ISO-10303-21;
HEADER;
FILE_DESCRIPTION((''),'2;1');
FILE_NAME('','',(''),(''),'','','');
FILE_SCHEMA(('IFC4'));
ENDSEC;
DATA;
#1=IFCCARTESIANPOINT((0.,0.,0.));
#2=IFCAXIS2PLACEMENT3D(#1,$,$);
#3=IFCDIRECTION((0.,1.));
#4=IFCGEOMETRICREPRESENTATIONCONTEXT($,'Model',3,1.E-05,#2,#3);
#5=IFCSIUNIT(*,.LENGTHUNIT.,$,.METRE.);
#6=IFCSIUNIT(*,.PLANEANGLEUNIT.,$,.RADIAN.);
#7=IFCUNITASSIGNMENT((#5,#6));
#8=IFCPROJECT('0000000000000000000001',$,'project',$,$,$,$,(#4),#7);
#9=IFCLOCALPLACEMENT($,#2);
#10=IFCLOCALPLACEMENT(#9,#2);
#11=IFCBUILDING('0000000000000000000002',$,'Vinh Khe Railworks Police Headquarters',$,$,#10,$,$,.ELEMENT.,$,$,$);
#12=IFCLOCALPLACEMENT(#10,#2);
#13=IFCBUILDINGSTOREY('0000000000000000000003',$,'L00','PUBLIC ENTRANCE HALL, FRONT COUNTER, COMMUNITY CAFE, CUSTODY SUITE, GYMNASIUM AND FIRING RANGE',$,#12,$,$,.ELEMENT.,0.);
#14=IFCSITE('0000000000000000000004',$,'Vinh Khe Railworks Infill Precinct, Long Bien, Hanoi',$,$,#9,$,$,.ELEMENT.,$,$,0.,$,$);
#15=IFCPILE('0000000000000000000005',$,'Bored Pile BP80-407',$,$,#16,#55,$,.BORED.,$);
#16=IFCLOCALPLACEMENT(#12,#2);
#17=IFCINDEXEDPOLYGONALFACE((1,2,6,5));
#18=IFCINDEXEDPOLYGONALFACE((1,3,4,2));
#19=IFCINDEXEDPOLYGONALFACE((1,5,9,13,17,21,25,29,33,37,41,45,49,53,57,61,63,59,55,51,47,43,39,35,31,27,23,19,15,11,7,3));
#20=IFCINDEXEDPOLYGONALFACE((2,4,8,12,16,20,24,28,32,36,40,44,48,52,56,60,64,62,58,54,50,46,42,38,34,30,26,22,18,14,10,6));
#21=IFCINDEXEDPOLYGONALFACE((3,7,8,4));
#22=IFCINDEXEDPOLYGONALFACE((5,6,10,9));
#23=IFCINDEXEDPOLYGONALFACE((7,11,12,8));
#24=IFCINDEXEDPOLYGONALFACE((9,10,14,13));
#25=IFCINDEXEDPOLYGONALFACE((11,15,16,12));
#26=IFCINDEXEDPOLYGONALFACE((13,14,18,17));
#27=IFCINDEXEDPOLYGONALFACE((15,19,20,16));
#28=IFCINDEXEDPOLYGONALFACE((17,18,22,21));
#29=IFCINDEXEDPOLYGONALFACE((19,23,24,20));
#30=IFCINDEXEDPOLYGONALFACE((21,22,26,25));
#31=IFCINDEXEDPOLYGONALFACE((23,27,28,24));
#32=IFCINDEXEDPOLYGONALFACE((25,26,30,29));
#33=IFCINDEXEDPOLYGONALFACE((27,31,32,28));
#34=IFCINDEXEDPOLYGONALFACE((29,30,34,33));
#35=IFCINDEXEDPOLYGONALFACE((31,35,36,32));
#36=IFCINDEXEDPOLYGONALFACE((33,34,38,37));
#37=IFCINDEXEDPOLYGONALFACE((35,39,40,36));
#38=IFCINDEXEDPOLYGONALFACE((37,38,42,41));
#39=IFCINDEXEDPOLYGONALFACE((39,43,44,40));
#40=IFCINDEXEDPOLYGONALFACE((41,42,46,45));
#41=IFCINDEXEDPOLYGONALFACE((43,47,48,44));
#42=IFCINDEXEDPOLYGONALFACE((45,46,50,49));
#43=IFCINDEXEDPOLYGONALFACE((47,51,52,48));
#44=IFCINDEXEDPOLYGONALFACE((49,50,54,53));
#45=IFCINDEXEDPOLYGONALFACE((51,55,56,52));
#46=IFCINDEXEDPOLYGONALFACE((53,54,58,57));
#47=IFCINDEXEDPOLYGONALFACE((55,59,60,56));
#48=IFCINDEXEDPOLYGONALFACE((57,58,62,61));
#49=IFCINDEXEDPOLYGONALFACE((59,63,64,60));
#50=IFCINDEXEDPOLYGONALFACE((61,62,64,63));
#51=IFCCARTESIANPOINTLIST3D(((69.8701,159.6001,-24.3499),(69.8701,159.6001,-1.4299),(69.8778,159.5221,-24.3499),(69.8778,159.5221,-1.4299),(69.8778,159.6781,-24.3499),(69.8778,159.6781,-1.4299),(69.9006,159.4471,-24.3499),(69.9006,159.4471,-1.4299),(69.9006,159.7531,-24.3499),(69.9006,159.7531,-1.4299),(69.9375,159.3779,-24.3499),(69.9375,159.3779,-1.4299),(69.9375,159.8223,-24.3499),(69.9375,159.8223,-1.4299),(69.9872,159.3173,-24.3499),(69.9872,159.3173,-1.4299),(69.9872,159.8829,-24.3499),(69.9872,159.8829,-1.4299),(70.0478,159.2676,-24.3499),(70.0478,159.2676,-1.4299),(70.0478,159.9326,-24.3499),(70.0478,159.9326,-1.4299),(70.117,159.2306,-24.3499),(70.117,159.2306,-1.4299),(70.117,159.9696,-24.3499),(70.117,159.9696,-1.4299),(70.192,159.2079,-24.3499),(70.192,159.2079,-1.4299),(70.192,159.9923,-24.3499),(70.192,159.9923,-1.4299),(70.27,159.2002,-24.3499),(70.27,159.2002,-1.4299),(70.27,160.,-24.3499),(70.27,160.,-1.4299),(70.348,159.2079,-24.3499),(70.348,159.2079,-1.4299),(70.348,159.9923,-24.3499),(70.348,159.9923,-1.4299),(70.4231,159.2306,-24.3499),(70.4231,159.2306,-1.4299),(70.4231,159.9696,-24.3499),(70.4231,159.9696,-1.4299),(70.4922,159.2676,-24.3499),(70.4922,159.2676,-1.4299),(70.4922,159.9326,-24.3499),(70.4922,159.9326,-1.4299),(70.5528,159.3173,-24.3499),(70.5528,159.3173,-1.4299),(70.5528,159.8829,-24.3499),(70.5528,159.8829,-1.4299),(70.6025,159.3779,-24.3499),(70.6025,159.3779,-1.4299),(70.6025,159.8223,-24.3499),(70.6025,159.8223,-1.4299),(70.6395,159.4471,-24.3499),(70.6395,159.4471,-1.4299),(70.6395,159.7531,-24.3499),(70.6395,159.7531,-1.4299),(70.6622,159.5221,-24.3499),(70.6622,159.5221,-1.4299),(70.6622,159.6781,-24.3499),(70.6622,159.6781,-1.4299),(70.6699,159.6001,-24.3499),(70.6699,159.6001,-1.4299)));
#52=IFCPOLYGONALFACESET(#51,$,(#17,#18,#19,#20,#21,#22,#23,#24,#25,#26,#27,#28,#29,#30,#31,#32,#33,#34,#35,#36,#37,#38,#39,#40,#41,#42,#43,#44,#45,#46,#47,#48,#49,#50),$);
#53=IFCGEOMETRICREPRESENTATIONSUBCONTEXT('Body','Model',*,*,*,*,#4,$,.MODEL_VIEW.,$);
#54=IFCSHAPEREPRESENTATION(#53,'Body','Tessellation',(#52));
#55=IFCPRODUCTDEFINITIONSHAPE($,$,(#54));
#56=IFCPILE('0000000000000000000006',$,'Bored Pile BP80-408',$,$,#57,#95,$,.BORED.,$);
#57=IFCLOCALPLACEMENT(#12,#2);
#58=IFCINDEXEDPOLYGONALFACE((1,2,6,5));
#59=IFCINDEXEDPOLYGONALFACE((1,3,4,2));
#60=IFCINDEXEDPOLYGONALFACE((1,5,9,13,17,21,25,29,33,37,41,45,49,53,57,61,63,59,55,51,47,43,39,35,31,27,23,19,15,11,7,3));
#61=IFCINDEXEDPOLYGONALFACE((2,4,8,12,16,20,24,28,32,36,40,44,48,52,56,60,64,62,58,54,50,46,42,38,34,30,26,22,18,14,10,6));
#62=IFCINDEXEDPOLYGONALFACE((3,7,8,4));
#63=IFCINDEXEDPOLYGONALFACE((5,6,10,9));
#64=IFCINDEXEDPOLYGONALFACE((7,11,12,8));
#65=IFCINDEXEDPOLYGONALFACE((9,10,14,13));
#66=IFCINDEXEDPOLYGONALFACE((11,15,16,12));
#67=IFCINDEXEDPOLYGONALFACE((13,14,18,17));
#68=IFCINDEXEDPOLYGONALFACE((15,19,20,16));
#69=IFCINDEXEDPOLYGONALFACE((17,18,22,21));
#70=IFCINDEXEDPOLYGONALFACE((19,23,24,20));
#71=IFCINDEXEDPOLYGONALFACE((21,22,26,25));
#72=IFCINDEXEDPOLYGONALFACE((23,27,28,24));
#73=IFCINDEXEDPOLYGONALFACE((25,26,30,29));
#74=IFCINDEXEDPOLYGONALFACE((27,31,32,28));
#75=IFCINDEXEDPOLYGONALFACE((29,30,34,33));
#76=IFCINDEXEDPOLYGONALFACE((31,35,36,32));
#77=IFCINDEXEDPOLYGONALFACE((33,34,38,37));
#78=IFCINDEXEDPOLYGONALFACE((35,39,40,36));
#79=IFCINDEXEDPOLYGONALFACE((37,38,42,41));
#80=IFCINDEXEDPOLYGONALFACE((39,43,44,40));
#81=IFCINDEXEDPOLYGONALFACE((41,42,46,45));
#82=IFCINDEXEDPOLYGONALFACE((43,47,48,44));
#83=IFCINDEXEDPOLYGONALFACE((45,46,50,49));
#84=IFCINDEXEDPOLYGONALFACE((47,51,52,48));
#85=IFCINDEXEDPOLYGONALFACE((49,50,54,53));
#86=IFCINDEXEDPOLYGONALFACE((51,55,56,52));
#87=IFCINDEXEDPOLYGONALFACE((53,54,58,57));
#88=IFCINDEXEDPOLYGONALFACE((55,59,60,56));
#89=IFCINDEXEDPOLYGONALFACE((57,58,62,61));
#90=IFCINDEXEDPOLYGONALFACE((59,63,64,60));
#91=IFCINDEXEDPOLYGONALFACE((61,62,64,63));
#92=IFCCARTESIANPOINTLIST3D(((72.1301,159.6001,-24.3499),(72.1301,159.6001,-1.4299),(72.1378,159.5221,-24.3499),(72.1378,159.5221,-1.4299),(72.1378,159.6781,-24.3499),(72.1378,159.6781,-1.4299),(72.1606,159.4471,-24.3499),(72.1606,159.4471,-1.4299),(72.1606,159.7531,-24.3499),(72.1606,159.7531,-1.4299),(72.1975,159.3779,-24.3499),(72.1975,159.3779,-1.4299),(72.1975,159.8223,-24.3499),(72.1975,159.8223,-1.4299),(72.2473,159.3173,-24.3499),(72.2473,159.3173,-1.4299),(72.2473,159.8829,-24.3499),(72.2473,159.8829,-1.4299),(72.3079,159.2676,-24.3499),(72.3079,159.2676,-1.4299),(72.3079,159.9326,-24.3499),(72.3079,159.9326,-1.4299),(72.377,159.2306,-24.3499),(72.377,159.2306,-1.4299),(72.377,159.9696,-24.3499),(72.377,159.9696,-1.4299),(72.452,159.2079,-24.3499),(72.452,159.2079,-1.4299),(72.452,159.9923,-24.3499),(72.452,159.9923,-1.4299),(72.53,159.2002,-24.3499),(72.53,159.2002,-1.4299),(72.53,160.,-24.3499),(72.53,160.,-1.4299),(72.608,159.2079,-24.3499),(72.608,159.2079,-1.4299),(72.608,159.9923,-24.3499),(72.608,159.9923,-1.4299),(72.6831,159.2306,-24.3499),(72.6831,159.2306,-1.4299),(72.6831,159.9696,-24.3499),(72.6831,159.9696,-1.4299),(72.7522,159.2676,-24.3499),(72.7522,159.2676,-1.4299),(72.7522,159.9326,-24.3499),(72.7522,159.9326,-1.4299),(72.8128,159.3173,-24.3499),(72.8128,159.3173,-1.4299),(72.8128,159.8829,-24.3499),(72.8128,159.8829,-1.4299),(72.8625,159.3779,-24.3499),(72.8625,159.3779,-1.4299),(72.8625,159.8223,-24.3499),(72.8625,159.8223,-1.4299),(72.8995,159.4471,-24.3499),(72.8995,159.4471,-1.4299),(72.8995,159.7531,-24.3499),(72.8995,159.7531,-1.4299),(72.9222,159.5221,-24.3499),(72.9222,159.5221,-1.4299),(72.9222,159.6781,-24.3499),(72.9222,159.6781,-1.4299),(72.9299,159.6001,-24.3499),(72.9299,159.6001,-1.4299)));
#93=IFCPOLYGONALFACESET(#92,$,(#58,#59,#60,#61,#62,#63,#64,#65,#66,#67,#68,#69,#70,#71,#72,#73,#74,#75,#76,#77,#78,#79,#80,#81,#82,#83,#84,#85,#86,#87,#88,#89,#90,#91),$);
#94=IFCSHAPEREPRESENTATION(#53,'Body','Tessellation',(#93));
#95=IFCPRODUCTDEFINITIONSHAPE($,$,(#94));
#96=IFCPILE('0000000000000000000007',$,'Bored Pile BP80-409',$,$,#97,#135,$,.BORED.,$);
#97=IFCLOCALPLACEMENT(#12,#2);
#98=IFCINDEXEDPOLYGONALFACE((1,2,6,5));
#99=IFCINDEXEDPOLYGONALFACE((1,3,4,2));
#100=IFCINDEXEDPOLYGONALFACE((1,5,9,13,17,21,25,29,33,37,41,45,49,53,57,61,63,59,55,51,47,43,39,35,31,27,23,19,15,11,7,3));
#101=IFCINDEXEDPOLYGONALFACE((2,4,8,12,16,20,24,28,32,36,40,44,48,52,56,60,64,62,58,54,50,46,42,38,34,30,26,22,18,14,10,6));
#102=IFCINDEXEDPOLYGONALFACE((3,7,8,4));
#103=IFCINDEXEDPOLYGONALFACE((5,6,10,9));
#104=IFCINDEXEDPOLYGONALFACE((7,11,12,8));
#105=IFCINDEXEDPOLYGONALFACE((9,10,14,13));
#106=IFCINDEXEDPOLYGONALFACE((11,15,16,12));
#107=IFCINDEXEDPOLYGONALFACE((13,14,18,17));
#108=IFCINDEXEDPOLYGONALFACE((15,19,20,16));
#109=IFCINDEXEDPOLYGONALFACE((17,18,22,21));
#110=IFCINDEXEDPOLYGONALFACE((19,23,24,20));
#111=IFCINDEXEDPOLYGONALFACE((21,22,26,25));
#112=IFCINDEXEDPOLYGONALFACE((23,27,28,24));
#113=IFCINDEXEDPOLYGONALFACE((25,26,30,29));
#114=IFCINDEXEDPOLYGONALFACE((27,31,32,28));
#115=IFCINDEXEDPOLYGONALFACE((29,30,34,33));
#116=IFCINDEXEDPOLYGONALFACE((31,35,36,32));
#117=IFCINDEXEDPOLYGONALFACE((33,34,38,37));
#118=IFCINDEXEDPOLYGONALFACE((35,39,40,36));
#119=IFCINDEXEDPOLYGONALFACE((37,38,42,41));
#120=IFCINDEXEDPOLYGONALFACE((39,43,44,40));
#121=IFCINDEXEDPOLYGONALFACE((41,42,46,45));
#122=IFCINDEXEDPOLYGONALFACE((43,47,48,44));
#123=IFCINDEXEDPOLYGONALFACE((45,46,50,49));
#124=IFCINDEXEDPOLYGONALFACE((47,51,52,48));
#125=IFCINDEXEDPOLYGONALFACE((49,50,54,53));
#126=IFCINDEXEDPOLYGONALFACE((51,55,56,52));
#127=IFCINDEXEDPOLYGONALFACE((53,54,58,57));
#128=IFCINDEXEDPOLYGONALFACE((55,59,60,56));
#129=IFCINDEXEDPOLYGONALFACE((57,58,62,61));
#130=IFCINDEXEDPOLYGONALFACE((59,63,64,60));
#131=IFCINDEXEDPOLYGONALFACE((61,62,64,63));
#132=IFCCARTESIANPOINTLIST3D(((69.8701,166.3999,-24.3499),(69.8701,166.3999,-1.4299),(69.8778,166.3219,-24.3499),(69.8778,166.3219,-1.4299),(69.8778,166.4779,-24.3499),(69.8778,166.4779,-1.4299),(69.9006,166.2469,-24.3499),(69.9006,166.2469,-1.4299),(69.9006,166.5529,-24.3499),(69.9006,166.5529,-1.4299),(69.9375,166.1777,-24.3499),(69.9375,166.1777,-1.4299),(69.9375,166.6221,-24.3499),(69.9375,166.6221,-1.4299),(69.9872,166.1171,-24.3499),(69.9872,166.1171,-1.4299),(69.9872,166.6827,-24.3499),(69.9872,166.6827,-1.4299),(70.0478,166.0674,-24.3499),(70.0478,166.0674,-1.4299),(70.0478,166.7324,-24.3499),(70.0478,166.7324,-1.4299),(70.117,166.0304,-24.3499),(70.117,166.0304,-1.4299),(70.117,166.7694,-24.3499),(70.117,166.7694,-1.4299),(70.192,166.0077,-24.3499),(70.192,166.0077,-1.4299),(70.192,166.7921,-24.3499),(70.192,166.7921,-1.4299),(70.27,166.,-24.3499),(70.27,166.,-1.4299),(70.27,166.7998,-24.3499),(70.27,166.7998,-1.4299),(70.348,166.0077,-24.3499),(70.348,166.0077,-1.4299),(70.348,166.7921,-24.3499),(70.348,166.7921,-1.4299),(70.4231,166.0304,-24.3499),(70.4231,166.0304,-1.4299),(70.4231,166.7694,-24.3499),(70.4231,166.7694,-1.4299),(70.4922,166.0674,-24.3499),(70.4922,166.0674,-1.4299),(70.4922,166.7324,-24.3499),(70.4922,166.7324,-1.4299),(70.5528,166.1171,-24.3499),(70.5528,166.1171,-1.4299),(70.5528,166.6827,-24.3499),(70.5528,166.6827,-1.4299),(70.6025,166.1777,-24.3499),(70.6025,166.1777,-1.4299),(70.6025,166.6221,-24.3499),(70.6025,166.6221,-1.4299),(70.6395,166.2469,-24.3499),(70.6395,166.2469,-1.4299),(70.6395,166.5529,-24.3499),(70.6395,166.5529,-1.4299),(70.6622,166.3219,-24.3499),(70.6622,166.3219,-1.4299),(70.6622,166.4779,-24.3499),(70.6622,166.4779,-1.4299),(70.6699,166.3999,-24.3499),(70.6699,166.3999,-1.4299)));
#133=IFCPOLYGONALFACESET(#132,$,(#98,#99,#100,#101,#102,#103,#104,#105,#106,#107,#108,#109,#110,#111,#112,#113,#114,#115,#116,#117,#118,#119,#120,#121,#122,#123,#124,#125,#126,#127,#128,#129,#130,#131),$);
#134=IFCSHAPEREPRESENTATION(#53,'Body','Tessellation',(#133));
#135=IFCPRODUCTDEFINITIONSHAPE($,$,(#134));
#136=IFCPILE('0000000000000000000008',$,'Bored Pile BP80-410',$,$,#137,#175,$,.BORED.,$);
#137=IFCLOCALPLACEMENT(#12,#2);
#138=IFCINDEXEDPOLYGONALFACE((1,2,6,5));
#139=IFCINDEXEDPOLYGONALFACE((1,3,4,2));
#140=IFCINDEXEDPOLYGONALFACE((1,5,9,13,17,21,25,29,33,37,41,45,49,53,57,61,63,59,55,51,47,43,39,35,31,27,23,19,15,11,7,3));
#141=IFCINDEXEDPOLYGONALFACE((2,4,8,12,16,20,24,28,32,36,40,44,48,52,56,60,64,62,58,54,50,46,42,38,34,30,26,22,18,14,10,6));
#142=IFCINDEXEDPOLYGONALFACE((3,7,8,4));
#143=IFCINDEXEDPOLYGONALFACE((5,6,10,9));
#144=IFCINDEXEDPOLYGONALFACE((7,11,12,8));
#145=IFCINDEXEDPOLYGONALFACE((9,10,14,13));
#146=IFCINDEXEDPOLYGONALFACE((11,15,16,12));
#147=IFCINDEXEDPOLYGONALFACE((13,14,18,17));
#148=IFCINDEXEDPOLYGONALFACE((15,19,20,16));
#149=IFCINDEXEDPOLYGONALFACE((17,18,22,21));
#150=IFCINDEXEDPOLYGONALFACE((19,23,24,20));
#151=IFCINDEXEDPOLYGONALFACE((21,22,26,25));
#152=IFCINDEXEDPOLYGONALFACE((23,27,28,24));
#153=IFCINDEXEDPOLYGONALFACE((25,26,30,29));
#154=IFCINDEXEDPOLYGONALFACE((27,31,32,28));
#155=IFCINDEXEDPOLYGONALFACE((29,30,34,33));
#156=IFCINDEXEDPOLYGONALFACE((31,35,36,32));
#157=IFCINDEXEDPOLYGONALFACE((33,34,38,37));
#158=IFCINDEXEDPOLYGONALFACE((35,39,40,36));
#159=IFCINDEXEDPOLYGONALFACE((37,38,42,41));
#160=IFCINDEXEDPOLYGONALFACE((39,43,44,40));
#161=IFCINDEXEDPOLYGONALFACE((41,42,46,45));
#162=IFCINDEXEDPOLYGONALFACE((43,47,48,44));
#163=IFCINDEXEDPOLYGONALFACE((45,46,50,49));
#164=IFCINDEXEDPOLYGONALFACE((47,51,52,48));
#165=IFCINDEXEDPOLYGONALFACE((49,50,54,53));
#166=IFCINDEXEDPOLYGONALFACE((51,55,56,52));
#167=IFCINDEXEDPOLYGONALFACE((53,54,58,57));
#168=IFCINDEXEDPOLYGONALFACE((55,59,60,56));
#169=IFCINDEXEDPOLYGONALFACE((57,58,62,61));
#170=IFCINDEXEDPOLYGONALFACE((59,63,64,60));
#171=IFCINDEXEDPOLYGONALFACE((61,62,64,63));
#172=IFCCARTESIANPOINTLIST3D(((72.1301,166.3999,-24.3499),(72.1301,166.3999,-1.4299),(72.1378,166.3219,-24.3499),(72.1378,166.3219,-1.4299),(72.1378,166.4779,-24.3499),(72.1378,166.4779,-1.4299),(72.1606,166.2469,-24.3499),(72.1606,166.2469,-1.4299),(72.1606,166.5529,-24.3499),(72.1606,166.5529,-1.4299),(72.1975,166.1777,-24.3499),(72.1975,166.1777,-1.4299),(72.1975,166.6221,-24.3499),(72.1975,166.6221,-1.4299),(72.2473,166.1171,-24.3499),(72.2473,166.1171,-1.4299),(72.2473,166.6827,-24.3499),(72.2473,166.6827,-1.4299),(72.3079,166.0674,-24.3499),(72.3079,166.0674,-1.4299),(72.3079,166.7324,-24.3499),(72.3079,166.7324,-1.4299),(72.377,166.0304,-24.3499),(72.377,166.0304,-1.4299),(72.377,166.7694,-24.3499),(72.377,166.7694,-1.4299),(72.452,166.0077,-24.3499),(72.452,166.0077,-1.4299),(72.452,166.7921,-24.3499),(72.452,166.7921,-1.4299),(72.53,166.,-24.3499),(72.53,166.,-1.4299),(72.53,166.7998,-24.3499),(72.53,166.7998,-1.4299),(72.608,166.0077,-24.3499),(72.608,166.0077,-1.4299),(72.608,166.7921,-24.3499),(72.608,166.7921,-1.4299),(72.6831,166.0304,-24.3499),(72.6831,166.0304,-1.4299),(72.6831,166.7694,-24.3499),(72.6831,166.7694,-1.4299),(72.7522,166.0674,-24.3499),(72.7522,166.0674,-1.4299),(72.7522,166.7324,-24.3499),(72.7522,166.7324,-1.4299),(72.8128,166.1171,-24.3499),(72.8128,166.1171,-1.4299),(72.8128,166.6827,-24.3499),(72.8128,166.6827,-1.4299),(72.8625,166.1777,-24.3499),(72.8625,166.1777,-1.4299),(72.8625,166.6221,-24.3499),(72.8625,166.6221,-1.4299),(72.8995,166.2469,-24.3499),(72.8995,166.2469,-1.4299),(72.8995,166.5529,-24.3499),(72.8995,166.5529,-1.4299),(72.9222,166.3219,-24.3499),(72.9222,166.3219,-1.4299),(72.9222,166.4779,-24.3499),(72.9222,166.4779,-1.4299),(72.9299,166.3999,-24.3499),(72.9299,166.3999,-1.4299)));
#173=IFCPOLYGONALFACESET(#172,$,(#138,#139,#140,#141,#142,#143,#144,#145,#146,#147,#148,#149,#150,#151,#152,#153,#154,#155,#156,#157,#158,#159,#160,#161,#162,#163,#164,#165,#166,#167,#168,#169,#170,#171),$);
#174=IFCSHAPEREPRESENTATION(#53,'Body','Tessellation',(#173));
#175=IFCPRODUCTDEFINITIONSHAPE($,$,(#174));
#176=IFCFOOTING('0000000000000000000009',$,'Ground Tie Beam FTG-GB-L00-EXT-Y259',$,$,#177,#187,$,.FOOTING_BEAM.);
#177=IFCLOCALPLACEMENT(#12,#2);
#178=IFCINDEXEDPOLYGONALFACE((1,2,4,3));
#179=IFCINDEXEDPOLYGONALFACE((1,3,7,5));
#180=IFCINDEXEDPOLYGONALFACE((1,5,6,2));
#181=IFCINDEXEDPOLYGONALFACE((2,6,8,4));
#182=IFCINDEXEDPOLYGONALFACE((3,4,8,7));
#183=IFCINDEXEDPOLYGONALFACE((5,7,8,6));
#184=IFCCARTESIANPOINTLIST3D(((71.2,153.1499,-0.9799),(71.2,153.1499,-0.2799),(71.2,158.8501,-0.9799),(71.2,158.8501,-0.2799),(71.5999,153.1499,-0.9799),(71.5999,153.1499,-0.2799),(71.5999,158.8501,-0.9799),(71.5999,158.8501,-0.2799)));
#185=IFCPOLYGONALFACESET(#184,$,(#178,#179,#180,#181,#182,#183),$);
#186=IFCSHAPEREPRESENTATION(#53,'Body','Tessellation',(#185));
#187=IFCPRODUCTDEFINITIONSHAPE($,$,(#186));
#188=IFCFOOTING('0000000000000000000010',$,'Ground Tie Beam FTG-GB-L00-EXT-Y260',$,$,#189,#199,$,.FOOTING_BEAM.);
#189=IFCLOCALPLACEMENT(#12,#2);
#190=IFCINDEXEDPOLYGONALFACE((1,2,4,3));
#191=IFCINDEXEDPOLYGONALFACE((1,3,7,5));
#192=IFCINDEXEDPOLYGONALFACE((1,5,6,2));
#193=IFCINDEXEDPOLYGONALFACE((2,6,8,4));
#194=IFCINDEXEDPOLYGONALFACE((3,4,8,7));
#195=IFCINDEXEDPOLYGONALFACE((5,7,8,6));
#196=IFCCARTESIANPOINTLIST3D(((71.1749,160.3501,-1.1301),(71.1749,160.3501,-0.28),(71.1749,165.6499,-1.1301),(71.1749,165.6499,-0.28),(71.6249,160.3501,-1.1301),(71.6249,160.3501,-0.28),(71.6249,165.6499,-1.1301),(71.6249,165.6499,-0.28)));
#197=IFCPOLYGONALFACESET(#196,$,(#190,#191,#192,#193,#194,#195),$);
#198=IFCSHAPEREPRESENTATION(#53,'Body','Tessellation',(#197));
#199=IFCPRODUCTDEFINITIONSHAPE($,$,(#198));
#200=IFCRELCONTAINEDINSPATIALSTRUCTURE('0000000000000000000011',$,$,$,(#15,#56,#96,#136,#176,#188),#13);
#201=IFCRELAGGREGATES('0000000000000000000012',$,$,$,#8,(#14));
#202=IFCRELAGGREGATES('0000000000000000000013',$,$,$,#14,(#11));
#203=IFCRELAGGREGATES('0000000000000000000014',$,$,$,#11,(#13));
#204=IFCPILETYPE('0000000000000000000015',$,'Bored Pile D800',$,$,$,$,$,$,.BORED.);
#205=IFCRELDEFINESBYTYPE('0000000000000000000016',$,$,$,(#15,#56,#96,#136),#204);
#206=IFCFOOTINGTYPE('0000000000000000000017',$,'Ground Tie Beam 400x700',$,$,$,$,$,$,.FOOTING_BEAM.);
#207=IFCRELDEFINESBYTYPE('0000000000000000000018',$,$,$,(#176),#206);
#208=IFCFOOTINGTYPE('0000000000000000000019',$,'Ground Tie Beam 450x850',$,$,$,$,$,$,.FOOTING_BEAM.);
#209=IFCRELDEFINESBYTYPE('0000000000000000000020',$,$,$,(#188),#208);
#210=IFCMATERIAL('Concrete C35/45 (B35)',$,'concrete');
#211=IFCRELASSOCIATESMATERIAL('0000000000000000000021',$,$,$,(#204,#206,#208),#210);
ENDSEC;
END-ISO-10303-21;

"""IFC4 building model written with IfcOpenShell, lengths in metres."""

from ifc_helpers import new_model, si_unit, direction, frame, origin, origin_2d, place, context, subcontext, project, spatial, rectangle, circle, extrude, material, material_profile, profile_set, type_object, element, save


model = new_model("IFC4")

# Units and contexts
model_context = context("Model", 3, precision=1e-05, world=origin(), true_north=direction((0.0, 1.0)))
body_context = subcontext(model_context, "Body", "Model", "MODEL_VIEW")
ifc_project = project(units=[si_unit("LENGTHUNIT", "METRE"), si_unit("PLANEANGLEUNIT", "RADIAN")], contexts=[model_context])

# Site, building, storey
site_placement = place(None, origin())
site = spatial("IfcSite", under=ifc_project, at=site_placement, Name="Vinh Khe Railworks Infill Precinct, Long Bien, Hanoi", CompositionType="ELEMENT", RefElevation=0.0)
building_placement = place(site_placement, origin())
building = spatial("IfcBuilding", under=site, at=building_placement, Name="Vinh Khe Railworks Police Headquarters", CompositionType="ELEMENT")
storey_placement = place(building_placement, origin())
storey = spatial("IfcBuildingStorey", under=building, at=storey_placement, Name="L00", Description="PUBLIC ENTRANCE HALL, FRONT COUNTER, COMMUNITY CAFE, CUSTODY SUITE, GYMNASIUM AND FIRING RANGE", CompositionType="ELEMENT", Elevation=0.0)

# Piles
ifc_material_1 = material(Name="Concrete C35/45 (B35)", Category="concrete")
ifc_material_profile_1 = material_profile(ifc_material_1, circle(Radius=0.3999, at=origin_2d()), Name="BORED PILE D800")
ifc_profile_set_1 = profile_set([ifc_material_profile_1], Name="Concrete C35/45 (B35)")
pile_type = type_object("IfcPileType", Name="Bored Pile D800", PredefinedType="BORED", material=ifc_profile_set_1)
for number, where, z_axis, x_axis, name in (
    (1, (70.27, 159.6001, -1.4299), (0.0, 0.0, -1.0), (1.0, 0.0, 0.0), "Bored Pile BP80-407"),
    (2, (72.53, 159.6001, -1.4299), (0.0, 0.0, -1.0), (1.0, 0.0, 0.0), "Bored Pile BP80-408"),
    (3, (70.27, 166.3999, -1.4299), (0.0, 0.0, -1.0), (1.0, 0.0, 0.0), "Bored Pile BP80-409"),
    (4, (72.53, 166.3999, -1.4299), (0.0, 0.0, -1.0), (1.0, 0.0, 0.0), "Bored Pile BP80-410"),
):
    element("IfcPile", number, at=place(storey_placement, frame(where, z_axis=z_axis, x_axis=x_axis)), inside=storey, type_object=pile_type, Name=name, PredefinedType="BORED", context=body_context, shape_type="SweptSolid", body=[
        extrude(circle(Radius=0.3999, at=origin_2d()), origin(), (0.0, 0.0, 1.0), 22.9199),
    ])

# Footings
ifc_material_profile_2 = material_profile(ifc_material_1, rectangle(XDim=0.3999, YDim=0.7, at=origin_2d()), Name="RC 400x700")
ifc_profile_set_2 = profile_set([ifc_material_profile_2], Name="Concrete C35/45 (B35)")
footing_type_1 = type_object("IfcFootingType", Name="Ground Tie Beam 400x700", PredefinedType="FOOTING_BEAM", material=ifc_profile_set_2)
footing_1_placement = place(storey_placement, frame((71.3999, 153.1499, -0.6299), z_axis=(0.0, 1.0, 0.0), x_axis=(-1.0, 0.0, 0.0)))
element("IfcFooting", 5, at=footing_1_placement, inside=storey, type_object=footing_type_1, Name="Ground Tie Beam FTG-GB-L00-EXT-Y259", PredefinedType="FOOTING_BEAM", context=body_context, shape_type="SweptSolid", body=[
    extrude(rectangle(XDim=0.3999, YDim=0.7, at=origin_2d()), origin(), (0.0, 0.0, 1.0), 5.7002),
])
ifc_material_profile_3 = material_profile(ifc_material_1, rectangle(XDim=0.45, YDim=0.8501, at=origin_2d()), Name="RC 450x850")
ifc_profile_set_3 = profile_set([ifc_material_profile_3], Name="Concrete C35/45 (B35)")
footing_type_2 = type_object("IfcFootingType", Name="Ground Tie Beam 450x850", PredefinedType="FOOTING_BEAM", material=ifc_profile_set_3)
footing_2_placement = place(storey_placement, frame((71.3999, 160.3501, -0.7051), z_axis=(0.0, 1.0, 0.0), x_axis=(-1.0, 0.0, 0.0)))
element("IfcFooting", 6, at=footing_2_placement, inside=storey, type_object=footing_type_2, Name="Ground Tie Beam FTG-GB-L00-EXT-Y260", PredefinedType="FOOTING_BEAM", context=body_context, shape_type="SweptSolid", body=[
    extrude(rectangle(XDim=0.45, YDim=0.8501, at=origin_2d()), origin(), (0.0, 0.0, 1.0), 5.2998),
])

save(model, "model.ifc")
